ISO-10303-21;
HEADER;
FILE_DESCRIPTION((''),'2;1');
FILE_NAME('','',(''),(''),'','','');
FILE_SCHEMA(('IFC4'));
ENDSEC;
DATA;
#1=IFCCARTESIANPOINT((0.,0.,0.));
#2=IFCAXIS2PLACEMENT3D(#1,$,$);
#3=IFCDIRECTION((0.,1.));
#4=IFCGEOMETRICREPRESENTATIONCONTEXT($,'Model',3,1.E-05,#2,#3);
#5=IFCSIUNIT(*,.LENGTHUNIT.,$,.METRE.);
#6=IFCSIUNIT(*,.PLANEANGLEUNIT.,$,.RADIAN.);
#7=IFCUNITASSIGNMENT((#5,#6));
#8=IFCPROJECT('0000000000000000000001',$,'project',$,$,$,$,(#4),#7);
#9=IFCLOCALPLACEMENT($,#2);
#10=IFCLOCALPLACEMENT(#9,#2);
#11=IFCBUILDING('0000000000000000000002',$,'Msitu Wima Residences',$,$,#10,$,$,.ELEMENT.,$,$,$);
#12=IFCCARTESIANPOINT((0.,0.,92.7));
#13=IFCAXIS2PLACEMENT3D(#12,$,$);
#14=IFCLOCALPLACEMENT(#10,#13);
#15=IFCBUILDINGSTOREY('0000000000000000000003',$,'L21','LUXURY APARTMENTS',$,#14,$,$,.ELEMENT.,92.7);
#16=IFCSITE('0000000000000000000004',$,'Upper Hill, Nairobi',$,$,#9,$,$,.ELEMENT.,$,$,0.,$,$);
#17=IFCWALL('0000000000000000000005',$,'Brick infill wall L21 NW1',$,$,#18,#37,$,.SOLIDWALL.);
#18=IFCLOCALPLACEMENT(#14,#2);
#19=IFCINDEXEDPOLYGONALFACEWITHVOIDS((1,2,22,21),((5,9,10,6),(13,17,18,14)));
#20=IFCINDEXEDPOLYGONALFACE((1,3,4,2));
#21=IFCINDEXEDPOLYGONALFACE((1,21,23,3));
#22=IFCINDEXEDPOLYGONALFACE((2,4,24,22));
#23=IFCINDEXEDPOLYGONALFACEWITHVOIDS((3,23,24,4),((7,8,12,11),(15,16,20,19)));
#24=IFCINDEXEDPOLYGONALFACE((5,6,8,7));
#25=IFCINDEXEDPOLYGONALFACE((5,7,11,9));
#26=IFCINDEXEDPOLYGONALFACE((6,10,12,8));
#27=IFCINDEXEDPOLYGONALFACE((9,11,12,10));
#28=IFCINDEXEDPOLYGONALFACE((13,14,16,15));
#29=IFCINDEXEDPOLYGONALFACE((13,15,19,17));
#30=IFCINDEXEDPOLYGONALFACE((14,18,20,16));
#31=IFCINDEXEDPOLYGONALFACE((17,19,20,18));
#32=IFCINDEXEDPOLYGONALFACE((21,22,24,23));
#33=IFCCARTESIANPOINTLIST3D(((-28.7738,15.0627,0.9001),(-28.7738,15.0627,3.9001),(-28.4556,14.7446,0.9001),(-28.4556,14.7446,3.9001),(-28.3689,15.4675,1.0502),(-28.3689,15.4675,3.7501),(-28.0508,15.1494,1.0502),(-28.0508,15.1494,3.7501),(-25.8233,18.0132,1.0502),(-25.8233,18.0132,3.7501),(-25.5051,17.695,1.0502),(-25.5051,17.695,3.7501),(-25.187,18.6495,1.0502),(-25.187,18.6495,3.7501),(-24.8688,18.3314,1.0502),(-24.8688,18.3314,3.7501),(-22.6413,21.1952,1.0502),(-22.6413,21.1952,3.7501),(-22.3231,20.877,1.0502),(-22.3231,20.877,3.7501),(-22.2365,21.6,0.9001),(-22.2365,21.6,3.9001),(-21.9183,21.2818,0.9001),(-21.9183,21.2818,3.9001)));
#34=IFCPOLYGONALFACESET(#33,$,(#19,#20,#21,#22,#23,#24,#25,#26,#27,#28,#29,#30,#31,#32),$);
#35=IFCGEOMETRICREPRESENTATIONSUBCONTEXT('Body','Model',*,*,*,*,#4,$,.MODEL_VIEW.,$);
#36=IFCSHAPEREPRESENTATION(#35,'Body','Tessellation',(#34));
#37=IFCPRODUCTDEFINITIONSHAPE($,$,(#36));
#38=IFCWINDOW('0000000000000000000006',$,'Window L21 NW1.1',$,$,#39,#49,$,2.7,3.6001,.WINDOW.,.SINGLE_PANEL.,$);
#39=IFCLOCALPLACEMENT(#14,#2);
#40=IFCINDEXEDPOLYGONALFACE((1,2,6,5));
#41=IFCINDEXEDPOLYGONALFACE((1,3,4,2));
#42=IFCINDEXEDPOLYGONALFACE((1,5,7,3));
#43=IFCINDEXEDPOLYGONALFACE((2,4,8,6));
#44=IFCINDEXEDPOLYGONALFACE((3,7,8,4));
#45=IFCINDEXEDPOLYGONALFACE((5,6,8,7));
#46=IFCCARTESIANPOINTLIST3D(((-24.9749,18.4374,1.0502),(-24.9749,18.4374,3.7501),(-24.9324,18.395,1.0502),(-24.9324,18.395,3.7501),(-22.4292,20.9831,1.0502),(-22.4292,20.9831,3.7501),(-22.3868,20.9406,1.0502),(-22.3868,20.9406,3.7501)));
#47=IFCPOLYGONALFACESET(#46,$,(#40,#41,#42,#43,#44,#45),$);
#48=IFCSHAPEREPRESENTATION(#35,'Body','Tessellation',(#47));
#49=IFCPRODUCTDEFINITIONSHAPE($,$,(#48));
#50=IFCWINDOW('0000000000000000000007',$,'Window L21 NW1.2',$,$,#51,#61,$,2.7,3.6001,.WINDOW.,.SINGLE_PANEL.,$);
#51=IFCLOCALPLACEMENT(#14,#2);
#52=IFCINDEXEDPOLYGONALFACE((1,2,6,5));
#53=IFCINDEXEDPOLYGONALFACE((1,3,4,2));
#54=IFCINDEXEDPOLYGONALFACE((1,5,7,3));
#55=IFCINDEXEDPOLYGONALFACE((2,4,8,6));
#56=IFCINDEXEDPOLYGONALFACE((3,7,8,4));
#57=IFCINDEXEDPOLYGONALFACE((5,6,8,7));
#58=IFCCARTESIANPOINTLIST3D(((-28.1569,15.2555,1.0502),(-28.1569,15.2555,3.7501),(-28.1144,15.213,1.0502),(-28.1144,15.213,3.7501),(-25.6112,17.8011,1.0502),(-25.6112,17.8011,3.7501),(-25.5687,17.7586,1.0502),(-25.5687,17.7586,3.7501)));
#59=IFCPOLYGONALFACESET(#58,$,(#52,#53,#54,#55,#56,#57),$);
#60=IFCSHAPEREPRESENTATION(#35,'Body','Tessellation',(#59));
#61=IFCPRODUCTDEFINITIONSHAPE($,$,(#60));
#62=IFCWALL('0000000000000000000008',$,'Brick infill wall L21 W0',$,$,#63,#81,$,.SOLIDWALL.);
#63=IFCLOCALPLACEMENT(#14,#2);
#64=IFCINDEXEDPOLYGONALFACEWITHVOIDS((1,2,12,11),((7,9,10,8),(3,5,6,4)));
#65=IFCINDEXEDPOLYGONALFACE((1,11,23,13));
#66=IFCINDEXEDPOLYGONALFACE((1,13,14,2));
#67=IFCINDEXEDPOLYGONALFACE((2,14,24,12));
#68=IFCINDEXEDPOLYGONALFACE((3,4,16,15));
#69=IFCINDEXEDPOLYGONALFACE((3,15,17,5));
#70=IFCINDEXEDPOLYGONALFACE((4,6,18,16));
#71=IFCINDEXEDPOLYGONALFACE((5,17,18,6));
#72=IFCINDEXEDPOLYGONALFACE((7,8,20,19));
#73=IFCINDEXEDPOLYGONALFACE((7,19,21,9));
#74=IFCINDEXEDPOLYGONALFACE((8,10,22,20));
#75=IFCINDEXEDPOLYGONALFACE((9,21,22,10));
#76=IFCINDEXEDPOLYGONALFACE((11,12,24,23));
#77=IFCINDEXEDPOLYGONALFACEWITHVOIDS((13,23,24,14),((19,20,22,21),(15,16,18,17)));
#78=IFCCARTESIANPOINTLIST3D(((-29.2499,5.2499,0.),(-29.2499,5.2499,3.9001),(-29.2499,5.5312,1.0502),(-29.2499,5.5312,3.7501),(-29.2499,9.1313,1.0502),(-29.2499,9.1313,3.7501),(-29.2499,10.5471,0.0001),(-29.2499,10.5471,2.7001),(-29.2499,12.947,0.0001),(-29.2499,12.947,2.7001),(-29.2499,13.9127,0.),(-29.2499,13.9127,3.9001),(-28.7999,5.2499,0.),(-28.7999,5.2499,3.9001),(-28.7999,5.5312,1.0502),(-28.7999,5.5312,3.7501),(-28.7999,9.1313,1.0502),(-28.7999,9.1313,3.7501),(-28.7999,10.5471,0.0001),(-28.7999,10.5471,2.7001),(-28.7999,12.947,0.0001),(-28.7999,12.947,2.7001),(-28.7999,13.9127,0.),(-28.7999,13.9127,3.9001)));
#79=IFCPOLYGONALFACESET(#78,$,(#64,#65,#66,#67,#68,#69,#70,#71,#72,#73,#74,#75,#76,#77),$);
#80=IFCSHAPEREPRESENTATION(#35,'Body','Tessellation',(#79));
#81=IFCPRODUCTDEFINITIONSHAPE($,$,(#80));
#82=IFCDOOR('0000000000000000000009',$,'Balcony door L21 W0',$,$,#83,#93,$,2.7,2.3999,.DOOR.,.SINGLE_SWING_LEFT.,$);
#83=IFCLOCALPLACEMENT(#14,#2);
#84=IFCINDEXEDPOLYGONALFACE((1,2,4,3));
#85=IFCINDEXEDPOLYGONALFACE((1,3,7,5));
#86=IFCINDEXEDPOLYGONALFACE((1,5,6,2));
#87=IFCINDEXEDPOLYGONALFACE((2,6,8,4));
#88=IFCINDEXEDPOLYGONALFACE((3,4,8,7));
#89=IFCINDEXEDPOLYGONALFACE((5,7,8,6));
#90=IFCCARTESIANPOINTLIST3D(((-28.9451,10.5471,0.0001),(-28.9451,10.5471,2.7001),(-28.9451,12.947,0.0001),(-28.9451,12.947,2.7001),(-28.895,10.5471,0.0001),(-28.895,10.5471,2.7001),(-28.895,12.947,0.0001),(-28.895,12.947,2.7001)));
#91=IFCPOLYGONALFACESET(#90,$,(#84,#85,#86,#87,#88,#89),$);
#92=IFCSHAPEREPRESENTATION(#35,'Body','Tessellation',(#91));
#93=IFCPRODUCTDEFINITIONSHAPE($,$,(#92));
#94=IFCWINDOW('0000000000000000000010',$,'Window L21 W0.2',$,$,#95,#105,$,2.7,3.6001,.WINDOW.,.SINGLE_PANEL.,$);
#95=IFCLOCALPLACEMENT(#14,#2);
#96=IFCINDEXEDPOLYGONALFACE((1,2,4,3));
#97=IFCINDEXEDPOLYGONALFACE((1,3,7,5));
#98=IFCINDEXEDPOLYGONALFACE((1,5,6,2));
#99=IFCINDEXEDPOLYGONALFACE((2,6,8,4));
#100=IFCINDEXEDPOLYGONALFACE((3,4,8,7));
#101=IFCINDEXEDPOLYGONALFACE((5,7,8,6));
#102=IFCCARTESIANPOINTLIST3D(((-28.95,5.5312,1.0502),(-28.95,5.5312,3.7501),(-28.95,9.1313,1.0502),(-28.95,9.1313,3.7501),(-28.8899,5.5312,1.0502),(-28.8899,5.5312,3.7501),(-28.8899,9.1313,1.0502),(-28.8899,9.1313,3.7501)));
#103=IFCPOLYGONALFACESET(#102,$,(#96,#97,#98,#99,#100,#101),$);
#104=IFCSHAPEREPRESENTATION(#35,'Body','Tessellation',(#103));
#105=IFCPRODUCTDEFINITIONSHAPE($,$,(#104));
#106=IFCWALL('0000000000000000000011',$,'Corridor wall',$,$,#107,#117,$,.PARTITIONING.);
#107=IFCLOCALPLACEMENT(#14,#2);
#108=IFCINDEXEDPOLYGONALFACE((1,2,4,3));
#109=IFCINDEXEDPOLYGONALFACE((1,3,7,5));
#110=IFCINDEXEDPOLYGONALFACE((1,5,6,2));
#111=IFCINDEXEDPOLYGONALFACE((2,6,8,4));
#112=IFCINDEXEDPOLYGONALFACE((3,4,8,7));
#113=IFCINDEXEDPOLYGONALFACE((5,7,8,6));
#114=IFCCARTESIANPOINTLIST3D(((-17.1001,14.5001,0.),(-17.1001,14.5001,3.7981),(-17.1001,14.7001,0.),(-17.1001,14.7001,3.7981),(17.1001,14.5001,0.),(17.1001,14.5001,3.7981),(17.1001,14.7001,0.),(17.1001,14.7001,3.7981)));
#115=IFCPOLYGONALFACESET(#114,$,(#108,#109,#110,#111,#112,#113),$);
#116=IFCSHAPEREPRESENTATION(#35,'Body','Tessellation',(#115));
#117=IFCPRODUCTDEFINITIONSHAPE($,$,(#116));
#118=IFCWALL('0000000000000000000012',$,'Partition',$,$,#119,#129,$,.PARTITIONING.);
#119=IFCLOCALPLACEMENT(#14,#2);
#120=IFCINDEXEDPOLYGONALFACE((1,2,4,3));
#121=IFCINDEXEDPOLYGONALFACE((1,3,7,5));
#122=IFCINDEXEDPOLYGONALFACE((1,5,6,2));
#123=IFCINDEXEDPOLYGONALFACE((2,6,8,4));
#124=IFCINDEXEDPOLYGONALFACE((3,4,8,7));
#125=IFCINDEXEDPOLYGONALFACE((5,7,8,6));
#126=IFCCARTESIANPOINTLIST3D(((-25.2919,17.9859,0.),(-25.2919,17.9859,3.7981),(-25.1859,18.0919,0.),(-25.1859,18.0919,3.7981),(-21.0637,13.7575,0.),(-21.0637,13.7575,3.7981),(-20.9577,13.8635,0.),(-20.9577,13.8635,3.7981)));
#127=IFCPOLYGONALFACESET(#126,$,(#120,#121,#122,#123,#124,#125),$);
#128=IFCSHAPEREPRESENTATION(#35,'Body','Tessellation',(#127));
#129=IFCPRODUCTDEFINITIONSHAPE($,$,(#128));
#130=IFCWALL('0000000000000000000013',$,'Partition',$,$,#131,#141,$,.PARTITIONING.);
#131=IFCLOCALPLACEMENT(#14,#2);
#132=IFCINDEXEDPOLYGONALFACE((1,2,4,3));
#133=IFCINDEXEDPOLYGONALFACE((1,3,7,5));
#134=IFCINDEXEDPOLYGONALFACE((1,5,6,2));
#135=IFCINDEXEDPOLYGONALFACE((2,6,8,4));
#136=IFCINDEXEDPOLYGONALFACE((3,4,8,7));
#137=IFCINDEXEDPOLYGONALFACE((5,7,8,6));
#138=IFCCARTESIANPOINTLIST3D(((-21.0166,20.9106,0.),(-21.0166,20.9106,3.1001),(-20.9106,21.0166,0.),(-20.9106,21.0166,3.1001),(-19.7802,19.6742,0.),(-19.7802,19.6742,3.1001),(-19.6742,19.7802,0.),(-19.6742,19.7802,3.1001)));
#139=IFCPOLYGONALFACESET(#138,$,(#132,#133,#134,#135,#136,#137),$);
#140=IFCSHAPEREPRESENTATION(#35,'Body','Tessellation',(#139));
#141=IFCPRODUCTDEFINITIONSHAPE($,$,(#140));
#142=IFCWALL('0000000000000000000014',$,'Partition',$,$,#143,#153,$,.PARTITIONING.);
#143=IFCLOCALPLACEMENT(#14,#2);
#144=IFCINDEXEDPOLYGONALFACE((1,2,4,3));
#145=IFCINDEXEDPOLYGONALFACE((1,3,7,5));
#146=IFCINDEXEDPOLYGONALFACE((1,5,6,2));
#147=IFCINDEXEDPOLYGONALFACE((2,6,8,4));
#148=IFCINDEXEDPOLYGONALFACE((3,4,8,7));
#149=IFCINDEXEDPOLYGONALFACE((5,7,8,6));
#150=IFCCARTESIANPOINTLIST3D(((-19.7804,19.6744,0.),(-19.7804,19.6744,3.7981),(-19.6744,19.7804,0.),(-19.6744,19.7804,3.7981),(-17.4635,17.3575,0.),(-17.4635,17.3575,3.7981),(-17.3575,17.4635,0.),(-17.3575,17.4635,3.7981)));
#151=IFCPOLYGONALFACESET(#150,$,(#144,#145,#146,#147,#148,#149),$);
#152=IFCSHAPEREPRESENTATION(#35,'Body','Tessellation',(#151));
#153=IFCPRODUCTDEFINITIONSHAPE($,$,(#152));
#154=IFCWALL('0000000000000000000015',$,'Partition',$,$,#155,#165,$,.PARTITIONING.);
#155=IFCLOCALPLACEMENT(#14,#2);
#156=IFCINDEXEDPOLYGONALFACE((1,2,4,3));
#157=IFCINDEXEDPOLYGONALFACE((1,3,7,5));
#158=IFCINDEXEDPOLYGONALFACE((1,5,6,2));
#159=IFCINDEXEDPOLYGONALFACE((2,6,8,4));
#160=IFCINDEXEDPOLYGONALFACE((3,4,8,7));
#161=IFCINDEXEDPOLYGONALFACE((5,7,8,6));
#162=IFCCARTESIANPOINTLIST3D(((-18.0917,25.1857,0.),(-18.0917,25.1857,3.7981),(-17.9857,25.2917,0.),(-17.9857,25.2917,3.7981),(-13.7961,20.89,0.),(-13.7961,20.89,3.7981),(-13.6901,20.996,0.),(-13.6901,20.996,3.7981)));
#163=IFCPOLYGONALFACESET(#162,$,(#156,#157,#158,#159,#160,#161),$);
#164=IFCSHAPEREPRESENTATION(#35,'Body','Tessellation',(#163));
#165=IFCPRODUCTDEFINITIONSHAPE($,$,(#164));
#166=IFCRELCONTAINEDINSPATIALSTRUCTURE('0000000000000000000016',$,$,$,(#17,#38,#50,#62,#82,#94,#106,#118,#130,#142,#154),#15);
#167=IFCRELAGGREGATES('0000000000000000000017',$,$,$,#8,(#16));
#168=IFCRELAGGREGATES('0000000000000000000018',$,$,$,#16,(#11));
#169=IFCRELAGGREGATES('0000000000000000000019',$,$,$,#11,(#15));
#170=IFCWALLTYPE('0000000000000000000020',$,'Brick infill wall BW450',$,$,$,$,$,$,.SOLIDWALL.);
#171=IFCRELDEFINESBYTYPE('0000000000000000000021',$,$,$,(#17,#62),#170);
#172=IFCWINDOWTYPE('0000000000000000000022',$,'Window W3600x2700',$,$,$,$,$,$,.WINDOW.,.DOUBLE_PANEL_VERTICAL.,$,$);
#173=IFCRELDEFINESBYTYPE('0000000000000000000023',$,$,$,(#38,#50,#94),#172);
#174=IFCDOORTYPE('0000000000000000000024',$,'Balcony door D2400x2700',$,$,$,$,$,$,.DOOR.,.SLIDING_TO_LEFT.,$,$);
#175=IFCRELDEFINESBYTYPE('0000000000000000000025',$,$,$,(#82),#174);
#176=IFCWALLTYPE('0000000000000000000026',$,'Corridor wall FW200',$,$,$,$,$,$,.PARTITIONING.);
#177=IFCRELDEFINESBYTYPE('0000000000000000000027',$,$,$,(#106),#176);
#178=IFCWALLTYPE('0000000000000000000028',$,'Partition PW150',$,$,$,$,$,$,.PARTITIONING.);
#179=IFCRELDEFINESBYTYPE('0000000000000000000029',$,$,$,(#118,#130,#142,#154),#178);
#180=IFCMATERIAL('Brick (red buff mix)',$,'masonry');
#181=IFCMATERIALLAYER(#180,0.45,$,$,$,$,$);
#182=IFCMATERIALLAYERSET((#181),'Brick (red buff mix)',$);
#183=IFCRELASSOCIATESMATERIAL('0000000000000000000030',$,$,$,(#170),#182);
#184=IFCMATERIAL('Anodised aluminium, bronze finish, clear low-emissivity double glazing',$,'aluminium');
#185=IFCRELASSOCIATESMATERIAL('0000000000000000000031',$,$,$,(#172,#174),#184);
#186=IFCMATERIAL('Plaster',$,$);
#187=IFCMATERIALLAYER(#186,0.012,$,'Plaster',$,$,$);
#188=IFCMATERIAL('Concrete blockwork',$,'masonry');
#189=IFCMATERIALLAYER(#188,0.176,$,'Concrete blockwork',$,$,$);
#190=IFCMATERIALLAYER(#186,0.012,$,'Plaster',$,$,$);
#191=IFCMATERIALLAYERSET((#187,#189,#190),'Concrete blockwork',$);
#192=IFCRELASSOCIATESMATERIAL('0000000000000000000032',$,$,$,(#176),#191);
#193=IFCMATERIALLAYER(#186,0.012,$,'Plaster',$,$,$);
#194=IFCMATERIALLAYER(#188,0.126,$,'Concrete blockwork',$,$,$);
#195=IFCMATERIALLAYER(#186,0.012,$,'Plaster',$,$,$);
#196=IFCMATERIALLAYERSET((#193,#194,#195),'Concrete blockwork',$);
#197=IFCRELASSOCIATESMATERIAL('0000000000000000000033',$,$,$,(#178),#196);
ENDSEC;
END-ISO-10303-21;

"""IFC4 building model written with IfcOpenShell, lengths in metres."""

from ifc_helpers import new_model, si_unit, direction, frame, frame_2d, origin, place, context, subcontext, project, spatial, rectangle, extrude, material, layer, layer_set, type_object, element, fill, save


model = new_model("IFC4")

# Units and contexts
model_context = context("Model", 3, precision=1e-05, world=origin(), true_north=direction((0.0, 1.0)))
body_context = subcontext(model_context, "Body", "Model", "MODEL_VIEW")
ifc_project = project(units=[si_unit("LENGTHUNIT", "METRE"), si_unit("PLANEANGLEUNIT", "RADIAN")], contexts=[model_context])

# Site, building, storey
site_placement = place(None, origin())
site = spatial("IfcSite", under=ifc_project, at=site_placement, Name="Upper Hill, Nairobi", CompositionType="ELEMENT", RefElevation=0.0)
building_placement = place(site_placement, origin())
building = spatial("IfcBuilding", under=site, at=building_placement, Name="Msitu Wima Residences", CompositionType="ELEMENT")
storey_placement = place(building_placement, frame((0.0, 0.0, 92.7)))
storey = spatial("IfcBuildingStorey", under=building, at=storey_placement, Name="L21", Description="LUXURY APARTMENTS", CompositionType="ELEMENT", Elevation=92.7)

# Wall, openings, windows
ifc_material_1 = material(Name="Brick (red buff mix)", Category="masonry")
ifc_layer_1 = layer(ifc_material_1, 0.45)
ifc_layer_set_1 = layer_set([ifc_layer_1], Name="Brick (red buff mix)")
wall_type_1 = type_object("IfcWallType", Name="Brick infill wall BW450", PredefinedType="SOLIDWALL", material=ifc_layer_set_1)
wall_1_placement = place(storey_placement, frame((-22.0774, 21.4409, 0.9001), z_axis=(0.0, 0.0, 1.0), x_axis=(-0.707107, -0.707107, 0.0)))
wall_1 = element("IfcWall", 1, at=wall_1_placement, inside=storey, type_object=wall_type_1, Name="Brick infill wall L21 NW1", PredefinedType="SOLIDWALL", context=body_context, shape_type="SweptSolid", body=[
    extrude(rectangle(XDim=9.2451, YDim=0.45, at=frame_2d((4.6226, 0.0))), origin(), (0.0, 0.0, 1.0), 3.0),
])
opening_1_placement = place(wall_1_placement, frame((0.5725, 0.0, 0.1499)))
opening_1 = element("IfcOpeningElement", 2, at=opening_1_placement, cuts=wall_1, PredefinedType="OPENING", context=body_context, shape_type="SweptSolid", body=[
    extrude(rectangle(XDim=3.6001, YDim=2.7, at=frame_2d((1.8, 1.3501))), frame((0.0, 0.2349, 0.0), z_axis=(0.0, -1.0, 0.0), x_axis=(1.0, 0.0, 0.0)), (0.0, 0.0, 1.0), 0.47),
])
opening_2_placement = place(wall_1_placement, frame((5.0725, 0.0, 0.1499)))
opening_2 = element("IfcOpeningElement", 3, at=opening_2_placement, cuts=wall_1, PredefinedType="OPENING", context=body_context, shape_type="SweptSolid", body=[
    extrude(rectangle(XDim=3.6001, YDim=2.7, at=frame_2d((1.8, 1.3501))), frame((0.0, 0.2349, 0.0), z_axis=(0.0, -1.0, 0.0), x_axis=(1.0, 0.0, 0.0)), (0.0, 0.0, 1.0), 0.47),
])
ifc_material_2 = material(Name="Anodised aluminium, bronze finish, clear low-emissivity double glazing", Category="aluminium")
window_type = type_object("IfcWindowType", Name="Window W3600x2700", PartitioningType="DOUBLE_PANEL_VERTICAL", PredefinedType="WINDOW", material=ifc_material_2)
window_1_placement = place(opening_1_placement, origin())
window_1 = element("IfcWindow", 4, at=window_1_placement, inside=storey, type_object=window_type, Name="Window L21 NW1.1", OverallHeight=2.7, OverallWidth=3.6001, PartitioningType="SINGLE_PANEL", PredefinedType="WINDOW", context=body_context, shape_type="SweptSolid", body=[
    extrude(rectangle(XDim=3.6001, YDim=2.7, at=frame_2d((1.8, 1.3501))), frame((0.0, 0.135, 0.0), z_axis=(0.0, -1.0, 0.0), x_axis=(1.0, 0.0, 0.0)), (0.0, 0.0, 1.0), 0.0601),
])
fill(opening_1, window_1)
window_2_placement = place(opening_2_placement, origin())
window_2 = element("IfcWindow", 5, at=window_2_placement, inside=storey, type_object=window_type, Name="Window L21 NW1.2", OverallHeight=2.7, OverallWidth=3.6001, PartitioningType="SINGLE_PANEL", PredefinedType="WINDOW", context=body_context, shape_type="SweptSolid", body=[
    extrude(rectangle(XDim=3.6001, YDim=2.7, at=frame_2d((1.8, 1.3501))), frame((0.0, 0.135, 0.0), z_axis=(0.0, -1.0, 0.0), x_axis=(1.0, 0.0, 0.0)), (0.0, 0.0, 1.0), 0.0601),
])
fill(opening_2, window_2)

# Wall, openings, door, window
wall_2_placement = place(storey_placement, frame((-29.0249, 13.9128, 0.0), z_axis=(0.0, 0.0, 1.0), x_axis=(0.0, -1.0, 0.0)))
wall_2 = element("IfcWall", 6, at=wall_2_placement, inside=storey, type_object=wall_type_1, Name="Brick infill wall L21 W0", PredefinedType="SOLIDWALL", context=body_context, shape_type="SweptSolid", body=[
    extrude(rectangle(XDim=8.6628, YDim=0.45, at=frame_2d((4.3315, 0.0))), origin(), (0.0, 0.0, 1.0), 3.9001),
])
opening_3_placement = place(wall_2_placement, frame((0.9658, 0.0, 0.0)))
opening_3 = element("IfcOpeningElement", 7, at=opening_3_placement, cuts=wall_2, PredefinedType="OPENING", context=body_context, shape_type="SweptSolid", body=[
    extrude(rectangle(XDim=2.3999, YDim=2.7, at=frame_2d((1.2, 1.3501))), frame((0.0, 0.2349, 0.0), z_axis=(0.0, -1.0, 0.0), x_axis=(1.0, 0.0, 0.0)), (0.0, 0.0, 1.0), 0.47),
])
opening_4_placement = place(wall_2_placement, frame((4.7815, 0.0, 1.05)))
opening_4 = element("IfcOpeningElement", 8, at=opening_4_placement, cuts=wall_2, PredefinedType="OPENING", context=body_context, shape_type="SweptSolid", body=[
    extrude(rectangle(XDim=3.6001, YDim=2.7, at=frame_2d((1.8, 1.3501))), frame((0.0, 0.2349, 0.0), z_axis=(0.0, -1.0, 0.0), x_axis=(1.0, 0.0, 0.0)), (0.0, 0.0, 1.0), 0.47),
])
door_type_1 = type_object("IfcDoorType", Name="Balcony door D2400x2700", OperationType="SLIDING_TO_LEFT", PredefinedType="DOOR", material=ifc_material_2)
door_1_placement = place(opening_3_placement, origin())
door_1 = element("IfcDoor", 9, at=door_1_placement, inside=storey, type_object=door_type_1, Name="Balcony door L21 W0", OperationType="SINGLE_SWING_LEFT", OverallHeight=2.7, OverallWidth=2.3999, PredefinedType="DOOR", context=body_context, shape_type="SweptSolid", body=[
    extrude(rectangle(XDim=2.3999, YDim=2.7, at=frame_2d((1.2, 1.3501))), frame((0.0, 0.1299, 0.0), z_axis=(0.0, -1.0, 0.0), x_axis=(1.0, 0.0, 0.0)), (0.0, 0.0, 1.0), 0.05),
])
fill(opening_3, door_1)
window_3_placement = place(opening_4_placement, origin())
window_3 = element("IfcWindow", 10, at=window_3_placement, inside=storey, type_object=window_type, Name="Window L21 W0.2", OverallHeight=2.7, OverallWidth=3.6001, PartitioningType="SINGLE_PANEL", PredefinedType="WINDOW", context=body_context, shape_type="SweptSolid", body=[
    extrude(rectangle(XDim=3.6001, YDim=2.7, at=frame_2d((1.8, 1.3501))), frame((0.0, 0.135, 0.0), z_axis=(0.0, -1.0, 0.0), x_axis=(1.0, 0.0, 0.0)), (0.0, 0.0, 1.0), 0.0601),
])
fill(opening_4, window_3)

# Walls
ifc_material_3 = material(Name="Plaster")
ifc_layer_2 = layer(ifc_material_3, 0.012, Name="Plaster")
ifc_material_4 = material(Name="Concrete blockwork", Category="masonry")
ifc_layer_3 = layer(ifc_material_4, 0.176, Name="Concrete blockwork")
ifc_layer_4 = layer(ifc_material_3, 0.012, Name="Plaster")
ifc_layer_set_2 = layer_set([ifc_layer_2, ifc_layer_3, ifc_layer_4], Name="Concrete blockwork")
wall_type_2 = type_object("IfcWallType", Name="Corridor wall FW200", PredefinedType="PARTITIONING", material=ifc_layer_set_2)
wall_3_placement = place(storey_placement, frame((-17.1001, 14.6001, 0.0), z_axis=(0.0, 0.0, 1.0), x_axis=(1.0, 0.0, 0.0)))
element("IfcWall", 11, at=wall_3_placement, inside=storey, type_object=wall_type_2, Name="Corridor wall", PredefinedType="PARTITIONING", context=body_context, shape_type="SweptSolid", body=[
    extrude(rectangle(XDim=34.2002, YDim=0.2, at=frame_2d((17.1001, 0.0))), origin(), (0.0, 0.0, 1.0), 3.7981),
])
ifc_layer_5 = layer(ifc_material_3, 0.012, Name="Plaster")
ifc_layer_6 = layer(ifc_material_4, 0.126, Name="Concrete blockwork")
ifc_layer_7 = layer(ifc_material_3, 0.012, Name="Plaster")
ifc_layer_set_3 = layer_set([ifc_layer_5, ifc_layer_6, ifc_layer_7], Name="Concrete blockwork")
wall_type_3 = type_object("IfcWallType", Name="Partition PW150", PredefinedType="PARTITIONING", material=ifc_layer_set_3)
wall_4_placement = place(storey_placement, frame((-25.2388, 18.0388, 0.0), z_axis=(0.0, 0.0, 1.0), x_axis=(0.707086, -0.707127, 0.0)))
element("IfcWall", 12, at=wall_4_placement, inside=storey, type_object=wall_type_3, Name="Partition", PredefinedType="PARTITIONING", context=body_context, shape_type="SweptSolid", body=[
    extrude(rectangle(XDim=5.9797, YDim=0.1499, at=frame_2d((2.9897, 0.0))), origin(), (0.0, 0.0, 1.0), 3.7981),
])
wall_5_placement = place(storey_placement, frame((-20.9636, 20.9636, 0.0), z_axis=(0.0, 0.0, 1.0), x_axis=(0.707107, -0.707107, 0.0)))
element("IfcWall", 13, at=wall_5_placement, inside=storey, type_object=wall_type_3, Name="Partition", PredefinedType="PARTITIONING", context=body_context, shape_type="SweptSolid", body=[
    extrude(rectangle(XDim=1.7485, YDim=0.1499, at=frame_2d((0.8743, 0.0))), origin(), (0.0, 0.0, 1.0), 3.1001),
])
wall_6_placement = place(storey_placement, frame((-19.7273, 19.7273, 0.0), z_axis=(0.0, 0.0, 1.0), x_axis=(0.707107, -0.707107, 0.0)))
element("IfcWall", 14, at=wall_6_placement, inside=storey, type_object=wall_type_3, Name="Partition", PredefinedType="PARTITIONING", context=body_context, shape_type="SweptSolid", body=[
    extrude(rectangle(XDim=3.2766, YDim=0.1499, at=frame_2d((1.6382, 0.0))), origin(), (0.0, 0.0, 1.0), 3.7981),
])
wall_7_placement = place(storey_placement, frame((-18.0388, 25.2388, 0.0), z_axis=(0.0, 0.0, 1.0), x_axis=(0.707107, -0.707107, 0.0)))
element("IfcWall", 15, at=wall_7_placement, inside=storey, type_object=wall_type_3, Name="Partition", PredefinedType="PARTITIONING", context=body_context, shape_type="SweptSolid", body=[
    extrude(rectangle(XDim=6.075, YDim=0.1499, at=frame_2d((3.0376, 0.0))), origin(), (0.0, 0.0, 1.0), 3.7981),
])

save(model, "model.ifc")
